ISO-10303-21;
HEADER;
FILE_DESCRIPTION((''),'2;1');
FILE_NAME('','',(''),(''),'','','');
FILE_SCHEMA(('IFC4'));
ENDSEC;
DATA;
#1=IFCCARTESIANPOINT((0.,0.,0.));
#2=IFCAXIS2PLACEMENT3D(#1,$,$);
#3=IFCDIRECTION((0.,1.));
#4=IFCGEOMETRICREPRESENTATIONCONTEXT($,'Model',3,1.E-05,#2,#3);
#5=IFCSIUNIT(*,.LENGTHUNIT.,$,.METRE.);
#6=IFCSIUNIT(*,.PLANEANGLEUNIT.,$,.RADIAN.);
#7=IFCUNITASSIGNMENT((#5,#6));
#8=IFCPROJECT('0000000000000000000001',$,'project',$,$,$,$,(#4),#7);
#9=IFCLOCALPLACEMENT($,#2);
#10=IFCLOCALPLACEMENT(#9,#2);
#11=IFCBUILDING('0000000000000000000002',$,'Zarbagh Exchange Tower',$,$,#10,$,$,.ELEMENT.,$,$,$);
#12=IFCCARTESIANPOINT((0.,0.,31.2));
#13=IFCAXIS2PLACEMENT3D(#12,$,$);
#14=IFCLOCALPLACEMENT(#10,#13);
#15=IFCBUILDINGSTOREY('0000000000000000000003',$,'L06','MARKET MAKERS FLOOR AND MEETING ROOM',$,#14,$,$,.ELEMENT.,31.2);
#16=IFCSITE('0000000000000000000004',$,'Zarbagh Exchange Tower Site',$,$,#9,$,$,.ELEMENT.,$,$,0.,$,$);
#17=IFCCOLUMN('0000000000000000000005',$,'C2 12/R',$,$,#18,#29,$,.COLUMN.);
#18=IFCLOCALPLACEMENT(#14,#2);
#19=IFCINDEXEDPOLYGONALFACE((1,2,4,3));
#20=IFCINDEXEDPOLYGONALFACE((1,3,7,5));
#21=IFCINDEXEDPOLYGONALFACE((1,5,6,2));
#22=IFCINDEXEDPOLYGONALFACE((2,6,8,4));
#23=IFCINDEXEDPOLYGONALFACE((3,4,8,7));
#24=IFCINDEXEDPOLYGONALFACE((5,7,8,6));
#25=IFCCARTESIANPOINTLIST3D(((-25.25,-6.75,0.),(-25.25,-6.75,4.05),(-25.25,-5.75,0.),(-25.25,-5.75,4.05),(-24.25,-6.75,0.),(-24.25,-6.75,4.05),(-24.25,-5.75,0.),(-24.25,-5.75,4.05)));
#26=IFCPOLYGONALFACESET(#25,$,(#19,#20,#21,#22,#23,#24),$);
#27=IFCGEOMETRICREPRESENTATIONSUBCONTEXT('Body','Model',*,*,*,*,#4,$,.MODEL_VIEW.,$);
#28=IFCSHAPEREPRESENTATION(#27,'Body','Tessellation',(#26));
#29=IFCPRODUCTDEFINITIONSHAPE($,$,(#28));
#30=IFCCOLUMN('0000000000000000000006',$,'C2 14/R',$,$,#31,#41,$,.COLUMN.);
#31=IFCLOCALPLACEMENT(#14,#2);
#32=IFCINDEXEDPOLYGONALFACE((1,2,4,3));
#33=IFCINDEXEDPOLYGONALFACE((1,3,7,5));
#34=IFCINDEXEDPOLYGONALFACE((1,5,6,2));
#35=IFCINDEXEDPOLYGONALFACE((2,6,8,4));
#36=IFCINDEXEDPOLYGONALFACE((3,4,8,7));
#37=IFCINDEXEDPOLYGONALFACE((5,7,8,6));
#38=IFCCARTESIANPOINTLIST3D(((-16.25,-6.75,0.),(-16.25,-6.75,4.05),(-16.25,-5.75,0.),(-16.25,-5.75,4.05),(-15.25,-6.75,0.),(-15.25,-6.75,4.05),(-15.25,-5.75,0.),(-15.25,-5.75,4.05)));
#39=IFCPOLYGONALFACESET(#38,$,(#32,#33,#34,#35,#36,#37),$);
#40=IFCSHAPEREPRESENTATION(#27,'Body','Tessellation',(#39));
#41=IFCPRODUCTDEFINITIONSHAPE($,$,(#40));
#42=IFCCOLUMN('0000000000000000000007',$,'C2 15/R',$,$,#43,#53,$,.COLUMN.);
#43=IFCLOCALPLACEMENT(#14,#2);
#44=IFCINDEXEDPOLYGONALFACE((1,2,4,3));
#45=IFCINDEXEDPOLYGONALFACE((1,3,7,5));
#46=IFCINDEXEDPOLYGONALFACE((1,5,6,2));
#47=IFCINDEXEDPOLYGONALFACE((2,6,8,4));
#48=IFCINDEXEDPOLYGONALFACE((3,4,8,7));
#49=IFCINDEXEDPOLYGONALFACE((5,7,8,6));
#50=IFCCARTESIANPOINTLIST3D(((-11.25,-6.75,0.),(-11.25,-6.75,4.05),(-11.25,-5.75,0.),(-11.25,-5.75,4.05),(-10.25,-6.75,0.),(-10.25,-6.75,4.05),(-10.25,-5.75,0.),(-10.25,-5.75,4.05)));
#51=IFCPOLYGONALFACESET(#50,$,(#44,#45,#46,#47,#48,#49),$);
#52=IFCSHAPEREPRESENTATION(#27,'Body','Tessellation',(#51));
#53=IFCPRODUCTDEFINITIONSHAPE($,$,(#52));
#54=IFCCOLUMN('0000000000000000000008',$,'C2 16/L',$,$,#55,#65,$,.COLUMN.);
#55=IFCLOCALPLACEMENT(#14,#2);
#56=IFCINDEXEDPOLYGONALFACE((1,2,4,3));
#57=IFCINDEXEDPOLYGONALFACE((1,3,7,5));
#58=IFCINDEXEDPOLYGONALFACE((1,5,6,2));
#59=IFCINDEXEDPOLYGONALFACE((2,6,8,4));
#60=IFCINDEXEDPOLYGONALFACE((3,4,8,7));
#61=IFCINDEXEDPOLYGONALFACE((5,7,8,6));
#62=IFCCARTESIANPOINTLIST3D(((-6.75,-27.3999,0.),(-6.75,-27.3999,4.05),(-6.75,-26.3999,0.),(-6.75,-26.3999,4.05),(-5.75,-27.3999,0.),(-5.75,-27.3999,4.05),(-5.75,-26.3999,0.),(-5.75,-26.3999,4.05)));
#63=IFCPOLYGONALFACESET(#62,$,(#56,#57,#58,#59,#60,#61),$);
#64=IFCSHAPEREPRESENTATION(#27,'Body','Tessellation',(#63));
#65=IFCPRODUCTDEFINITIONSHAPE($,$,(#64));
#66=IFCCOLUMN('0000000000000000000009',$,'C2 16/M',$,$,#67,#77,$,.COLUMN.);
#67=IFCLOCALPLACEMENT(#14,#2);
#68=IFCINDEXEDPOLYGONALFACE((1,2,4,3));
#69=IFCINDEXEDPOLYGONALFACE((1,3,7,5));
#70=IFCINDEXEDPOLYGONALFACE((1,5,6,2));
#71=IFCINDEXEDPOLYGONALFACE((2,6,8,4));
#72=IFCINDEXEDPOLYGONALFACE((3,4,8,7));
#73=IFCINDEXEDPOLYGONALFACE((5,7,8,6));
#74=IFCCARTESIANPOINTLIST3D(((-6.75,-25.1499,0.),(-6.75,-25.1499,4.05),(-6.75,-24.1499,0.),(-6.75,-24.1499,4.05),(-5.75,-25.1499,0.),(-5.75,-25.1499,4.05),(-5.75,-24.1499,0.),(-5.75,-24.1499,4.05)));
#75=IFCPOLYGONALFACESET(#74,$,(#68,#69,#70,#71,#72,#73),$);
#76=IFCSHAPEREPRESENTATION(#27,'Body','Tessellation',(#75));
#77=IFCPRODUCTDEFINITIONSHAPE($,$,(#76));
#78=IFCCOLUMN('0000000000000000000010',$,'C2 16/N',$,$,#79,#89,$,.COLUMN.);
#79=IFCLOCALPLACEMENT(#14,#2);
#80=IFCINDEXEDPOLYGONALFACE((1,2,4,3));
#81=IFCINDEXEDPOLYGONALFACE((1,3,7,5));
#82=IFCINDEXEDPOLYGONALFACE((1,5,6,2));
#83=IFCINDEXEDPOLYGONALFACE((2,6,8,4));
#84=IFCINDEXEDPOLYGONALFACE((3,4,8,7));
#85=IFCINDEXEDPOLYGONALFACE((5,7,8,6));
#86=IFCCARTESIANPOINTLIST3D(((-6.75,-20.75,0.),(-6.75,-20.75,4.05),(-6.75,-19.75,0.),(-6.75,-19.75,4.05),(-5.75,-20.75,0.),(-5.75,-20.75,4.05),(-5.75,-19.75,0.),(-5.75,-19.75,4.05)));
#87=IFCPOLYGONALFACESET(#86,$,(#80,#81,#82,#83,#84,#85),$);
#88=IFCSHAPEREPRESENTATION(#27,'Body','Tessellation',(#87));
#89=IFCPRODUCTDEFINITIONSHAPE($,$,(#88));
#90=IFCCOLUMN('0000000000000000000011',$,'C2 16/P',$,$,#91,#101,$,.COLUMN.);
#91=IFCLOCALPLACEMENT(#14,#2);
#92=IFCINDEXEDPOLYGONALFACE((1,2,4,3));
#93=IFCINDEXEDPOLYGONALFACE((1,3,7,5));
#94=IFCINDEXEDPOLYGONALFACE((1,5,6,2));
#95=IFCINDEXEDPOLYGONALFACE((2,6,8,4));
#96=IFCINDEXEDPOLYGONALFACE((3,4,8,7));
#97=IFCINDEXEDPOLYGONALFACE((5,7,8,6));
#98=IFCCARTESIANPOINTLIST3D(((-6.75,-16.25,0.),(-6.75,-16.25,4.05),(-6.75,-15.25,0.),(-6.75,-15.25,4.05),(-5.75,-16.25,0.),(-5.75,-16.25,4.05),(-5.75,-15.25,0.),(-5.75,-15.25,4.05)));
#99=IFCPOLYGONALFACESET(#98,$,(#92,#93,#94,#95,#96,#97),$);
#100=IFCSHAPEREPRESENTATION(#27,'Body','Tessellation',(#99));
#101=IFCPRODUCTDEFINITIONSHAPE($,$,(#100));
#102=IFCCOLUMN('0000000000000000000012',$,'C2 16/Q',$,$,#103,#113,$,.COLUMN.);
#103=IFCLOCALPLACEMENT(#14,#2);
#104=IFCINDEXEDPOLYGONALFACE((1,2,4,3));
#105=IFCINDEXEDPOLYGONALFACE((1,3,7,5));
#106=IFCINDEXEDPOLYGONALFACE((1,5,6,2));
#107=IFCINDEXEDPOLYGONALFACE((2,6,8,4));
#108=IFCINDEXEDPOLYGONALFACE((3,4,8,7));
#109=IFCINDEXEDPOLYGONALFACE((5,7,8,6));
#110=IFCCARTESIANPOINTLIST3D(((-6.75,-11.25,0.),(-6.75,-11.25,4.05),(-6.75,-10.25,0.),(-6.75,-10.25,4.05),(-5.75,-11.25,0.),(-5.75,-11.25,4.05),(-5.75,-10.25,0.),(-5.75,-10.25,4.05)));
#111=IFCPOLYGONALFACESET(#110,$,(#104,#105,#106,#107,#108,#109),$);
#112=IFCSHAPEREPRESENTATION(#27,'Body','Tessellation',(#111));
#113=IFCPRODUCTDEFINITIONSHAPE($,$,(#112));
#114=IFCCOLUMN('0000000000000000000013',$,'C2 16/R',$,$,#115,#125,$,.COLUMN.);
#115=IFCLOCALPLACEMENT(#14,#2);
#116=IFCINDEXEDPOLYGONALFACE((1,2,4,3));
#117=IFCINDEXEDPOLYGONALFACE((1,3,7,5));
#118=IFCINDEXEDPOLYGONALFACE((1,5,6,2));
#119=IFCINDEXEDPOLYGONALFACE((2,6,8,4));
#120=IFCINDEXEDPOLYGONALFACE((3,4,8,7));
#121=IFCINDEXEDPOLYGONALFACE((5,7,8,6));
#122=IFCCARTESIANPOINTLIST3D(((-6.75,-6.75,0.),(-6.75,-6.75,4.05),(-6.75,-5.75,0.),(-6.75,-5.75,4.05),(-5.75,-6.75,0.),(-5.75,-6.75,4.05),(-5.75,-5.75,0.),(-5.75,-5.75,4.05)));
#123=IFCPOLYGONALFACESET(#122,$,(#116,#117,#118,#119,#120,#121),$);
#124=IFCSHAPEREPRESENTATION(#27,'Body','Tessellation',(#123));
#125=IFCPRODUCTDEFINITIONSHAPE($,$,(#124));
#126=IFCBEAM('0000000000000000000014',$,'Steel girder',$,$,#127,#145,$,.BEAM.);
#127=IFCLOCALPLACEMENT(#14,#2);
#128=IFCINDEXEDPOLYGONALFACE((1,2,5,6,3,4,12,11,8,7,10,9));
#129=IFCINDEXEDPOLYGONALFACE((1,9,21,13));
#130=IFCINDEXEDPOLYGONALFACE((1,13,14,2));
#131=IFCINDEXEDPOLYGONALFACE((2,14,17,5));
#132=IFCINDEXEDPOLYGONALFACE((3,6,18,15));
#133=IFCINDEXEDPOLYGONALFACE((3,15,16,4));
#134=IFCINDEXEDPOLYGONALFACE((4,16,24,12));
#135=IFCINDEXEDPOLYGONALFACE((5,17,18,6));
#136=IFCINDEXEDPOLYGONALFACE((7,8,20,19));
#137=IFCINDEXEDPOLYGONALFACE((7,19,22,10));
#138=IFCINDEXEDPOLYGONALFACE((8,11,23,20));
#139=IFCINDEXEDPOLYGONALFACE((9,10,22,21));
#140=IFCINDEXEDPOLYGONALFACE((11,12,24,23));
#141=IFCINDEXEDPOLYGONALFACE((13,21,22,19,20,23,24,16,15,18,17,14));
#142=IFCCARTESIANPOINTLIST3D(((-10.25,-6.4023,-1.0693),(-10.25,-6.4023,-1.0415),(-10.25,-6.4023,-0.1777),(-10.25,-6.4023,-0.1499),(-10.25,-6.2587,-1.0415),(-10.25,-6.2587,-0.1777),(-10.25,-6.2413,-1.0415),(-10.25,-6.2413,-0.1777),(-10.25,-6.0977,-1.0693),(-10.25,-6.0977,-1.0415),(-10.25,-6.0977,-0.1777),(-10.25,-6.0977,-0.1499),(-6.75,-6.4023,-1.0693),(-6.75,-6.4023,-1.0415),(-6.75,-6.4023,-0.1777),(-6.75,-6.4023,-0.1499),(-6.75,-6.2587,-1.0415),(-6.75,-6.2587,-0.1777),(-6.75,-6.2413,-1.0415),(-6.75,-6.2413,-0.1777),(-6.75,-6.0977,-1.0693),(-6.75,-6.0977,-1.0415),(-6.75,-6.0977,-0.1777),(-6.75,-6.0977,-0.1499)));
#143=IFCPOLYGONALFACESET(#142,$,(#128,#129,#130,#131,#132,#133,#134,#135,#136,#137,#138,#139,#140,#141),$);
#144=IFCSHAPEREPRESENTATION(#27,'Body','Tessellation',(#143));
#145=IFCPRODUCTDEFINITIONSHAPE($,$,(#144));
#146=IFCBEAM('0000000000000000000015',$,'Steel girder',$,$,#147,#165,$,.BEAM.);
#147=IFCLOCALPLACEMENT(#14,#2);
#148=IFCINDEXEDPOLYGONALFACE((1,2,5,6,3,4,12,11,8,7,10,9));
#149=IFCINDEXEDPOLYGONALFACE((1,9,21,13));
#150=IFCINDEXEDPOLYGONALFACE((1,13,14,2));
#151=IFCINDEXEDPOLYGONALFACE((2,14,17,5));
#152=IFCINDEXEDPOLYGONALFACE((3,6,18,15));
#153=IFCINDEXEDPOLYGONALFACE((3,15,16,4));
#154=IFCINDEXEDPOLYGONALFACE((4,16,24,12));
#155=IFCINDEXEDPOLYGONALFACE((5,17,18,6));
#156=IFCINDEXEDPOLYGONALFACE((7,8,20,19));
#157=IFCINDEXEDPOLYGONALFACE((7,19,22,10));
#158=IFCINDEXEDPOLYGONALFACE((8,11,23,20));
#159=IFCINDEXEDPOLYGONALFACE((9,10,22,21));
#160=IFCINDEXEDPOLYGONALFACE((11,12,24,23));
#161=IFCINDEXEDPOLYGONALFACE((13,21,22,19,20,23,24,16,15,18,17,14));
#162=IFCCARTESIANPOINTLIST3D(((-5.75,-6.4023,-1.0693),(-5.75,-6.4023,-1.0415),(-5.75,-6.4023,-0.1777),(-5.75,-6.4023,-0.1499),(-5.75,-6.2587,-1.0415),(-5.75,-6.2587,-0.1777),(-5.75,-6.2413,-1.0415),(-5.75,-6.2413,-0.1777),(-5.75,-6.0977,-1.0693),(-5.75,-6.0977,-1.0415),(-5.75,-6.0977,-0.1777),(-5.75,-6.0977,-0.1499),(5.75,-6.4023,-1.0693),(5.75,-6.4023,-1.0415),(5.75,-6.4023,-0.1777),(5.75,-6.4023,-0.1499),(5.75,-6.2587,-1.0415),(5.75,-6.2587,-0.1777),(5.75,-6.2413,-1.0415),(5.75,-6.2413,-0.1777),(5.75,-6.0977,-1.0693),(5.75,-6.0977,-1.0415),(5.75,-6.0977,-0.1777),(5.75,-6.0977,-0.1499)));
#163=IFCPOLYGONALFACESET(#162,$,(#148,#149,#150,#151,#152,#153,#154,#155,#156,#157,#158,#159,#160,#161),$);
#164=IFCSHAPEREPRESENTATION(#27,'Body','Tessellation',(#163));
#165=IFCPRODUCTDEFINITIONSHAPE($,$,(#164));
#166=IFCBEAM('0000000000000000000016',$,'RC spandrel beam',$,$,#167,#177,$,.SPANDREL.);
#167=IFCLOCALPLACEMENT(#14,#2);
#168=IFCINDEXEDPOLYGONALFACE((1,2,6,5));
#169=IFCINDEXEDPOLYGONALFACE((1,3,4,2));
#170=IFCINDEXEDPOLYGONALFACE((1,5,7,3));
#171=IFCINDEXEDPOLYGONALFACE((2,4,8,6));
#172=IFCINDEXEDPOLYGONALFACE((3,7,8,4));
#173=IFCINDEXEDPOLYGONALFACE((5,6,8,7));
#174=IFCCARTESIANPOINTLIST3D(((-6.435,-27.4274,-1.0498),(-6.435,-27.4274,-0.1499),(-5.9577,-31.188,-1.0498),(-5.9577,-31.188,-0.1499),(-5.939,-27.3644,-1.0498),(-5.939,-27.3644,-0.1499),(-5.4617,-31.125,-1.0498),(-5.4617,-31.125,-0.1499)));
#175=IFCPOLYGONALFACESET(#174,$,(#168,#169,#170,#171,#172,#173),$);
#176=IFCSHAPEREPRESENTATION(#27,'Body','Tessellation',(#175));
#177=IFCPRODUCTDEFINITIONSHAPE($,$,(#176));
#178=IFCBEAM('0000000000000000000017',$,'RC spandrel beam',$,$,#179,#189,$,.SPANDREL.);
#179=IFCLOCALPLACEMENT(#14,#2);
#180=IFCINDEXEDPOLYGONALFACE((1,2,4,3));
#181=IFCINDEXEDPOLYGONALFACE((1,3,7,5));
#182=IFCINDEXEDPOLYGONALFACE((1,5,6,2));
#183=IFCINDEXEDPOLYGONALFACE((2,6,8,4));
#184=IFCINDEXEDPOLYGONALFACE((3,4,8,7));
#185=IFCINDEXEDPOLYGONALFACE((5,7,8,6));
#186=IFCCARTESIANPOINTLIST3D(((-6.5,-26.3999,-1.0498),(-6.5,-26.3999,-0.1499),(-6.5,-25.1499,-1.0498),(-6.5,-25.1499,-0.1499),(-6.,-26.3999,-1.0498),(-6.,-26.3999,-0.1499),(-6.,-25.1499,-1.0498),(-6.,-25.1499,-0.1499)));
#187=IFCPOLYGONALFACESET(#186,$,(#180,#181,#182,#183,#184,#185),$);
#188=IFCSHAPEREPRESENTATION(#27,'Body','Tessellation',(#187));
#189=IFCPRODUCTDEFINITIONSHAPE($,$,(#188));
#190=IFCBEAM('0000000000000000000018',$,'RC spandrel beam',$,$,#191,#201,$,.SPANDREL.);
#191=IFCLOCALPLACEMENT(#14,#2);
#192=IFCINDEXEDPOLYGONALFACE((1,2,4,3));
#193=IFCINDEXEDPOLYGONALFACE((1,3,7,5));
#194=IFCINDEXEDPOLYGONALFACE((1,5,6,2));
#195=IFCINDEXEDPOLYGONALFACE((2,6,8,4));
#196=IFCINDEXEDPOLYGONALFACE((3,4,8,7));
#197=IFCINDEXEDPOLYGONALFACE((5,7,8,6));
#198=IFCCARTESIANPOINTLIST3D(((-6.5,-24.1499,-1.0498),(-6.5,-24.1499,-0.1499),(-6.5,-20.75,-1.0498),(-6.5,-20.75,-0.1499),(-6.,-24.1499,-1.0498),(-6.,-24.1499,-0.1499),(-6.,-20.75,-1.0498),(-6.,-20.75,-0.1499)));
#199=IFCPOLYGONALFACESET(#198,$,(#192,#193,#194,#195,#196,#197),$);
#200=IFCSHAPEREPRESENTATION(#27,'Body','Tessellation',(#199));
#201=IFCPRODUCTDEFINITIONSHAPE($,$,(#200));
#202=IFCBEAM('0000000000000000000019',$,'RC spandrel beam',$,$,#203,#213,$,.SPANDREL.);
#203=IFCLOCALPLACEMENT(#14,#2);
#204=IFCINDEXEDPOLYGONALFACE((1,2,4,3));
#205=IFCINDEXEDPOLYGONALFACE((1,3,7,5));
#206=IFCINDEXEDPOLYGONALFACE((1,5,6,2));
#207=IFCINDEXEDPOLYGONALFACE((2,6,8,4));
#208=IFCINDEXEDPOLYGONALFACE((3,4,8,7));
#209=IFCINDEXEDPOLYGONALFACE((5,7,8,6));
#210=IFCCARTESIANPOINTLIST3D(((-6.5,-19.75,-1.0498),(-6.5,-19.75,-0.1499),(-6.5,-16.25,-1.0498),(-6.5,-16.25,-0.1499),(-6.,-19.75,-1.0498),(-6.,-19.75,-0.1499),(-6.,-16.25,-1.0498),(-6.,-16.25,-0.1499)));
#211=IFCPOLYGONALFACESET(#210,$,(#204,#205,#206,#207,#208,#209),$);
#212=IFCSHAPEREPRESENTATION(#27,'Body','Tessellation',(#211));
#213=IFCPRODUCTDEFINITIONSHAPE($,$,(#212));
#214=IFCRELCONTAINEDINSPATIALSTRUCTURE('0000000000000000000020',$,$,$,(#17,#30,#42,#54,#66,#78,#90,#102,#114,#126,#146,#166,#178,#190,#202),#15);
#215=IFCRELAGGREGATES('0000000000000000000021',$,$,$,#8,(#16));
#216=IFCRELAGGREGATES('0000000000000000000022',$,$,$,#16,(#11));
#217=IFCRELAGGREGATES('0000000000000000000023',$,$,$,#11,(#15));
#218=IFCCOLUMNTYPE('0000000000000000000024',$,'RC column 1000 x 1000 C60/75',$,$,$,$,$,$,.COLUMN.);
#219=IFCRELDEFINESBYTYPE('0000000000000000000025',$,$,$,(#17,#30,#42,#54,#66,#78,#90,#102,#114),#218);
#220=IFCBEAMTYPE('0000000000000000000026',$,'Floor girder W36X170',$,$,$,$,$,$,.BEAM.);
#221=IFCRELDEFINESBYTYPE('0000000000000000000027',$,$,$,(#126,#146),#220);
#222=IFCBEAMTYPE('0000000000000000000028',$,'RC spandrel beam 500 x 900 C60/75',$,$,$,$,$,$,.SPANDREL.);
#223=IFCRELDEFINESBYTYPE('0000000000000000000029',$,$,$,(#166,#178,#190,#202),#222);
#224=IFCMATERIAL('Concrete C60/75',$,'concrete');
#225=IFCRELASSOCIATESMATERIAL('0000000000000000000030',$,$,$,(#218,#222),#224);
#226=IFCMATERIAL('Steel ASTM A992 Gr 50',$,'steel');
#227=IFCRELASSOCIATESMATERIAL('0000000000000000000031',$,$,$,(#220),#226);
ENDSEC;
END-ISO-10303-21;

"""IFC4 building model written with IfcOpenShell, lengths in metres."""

from ifc_helpers import new_model, si_unit, direction, frame, origin, origin_2d, place, context, subcontext, project, spatial, rectangle, i_section, extrude, material, material_profile, profile_set, type_object, element, save


model = new_model("IFC4")

# Units and contexts
model_context = context("Model", 3, precision=1e-05, world=origin(), true_north=direction((0.0, 1.0)))
body_context = subcontext(model_context, "Body", "Model", "MODEL_VIEW")
ifc_project = project(units=[si_unit("LENGTHUNIT", "METRE"), si_unit("PLANEANGLEUNIT", "RADIAN")], contexts=[model_context])

# Site, building, storey
site_placement = place(None, origin())
site = spatial("IfcSite", under=ifc_project, at=site_placement, Name="Zarbagh Exchange Tower Site", CompositionType="ELEMENT", RefElevation=0.0)
building_placement = place(site_placement, origin())
building = spatial("IfcBuilding", under=site, at=building_placement, Name="Zarbagh Exchange Tower", CompositionType="ELEMENT")
storey_placement = place(building_placement, frame((0.0, 0.0, 31.2)))
storey = spatial("IfcBuildingStorey", under=building, at=storey_placement, Name="L06", Description="MARKET MAKERS FLOOR AND MEETING ROOM", CompositionType="ELEMENT", Elevation=31.2)

# Columns
ifc_material_1 = material(Name="Concrete C60/75", Category="concrete")
ifc_material_profile_1 = material_profile(ifc_material_1, rectangle(XDim=1.0, YDim=1.0, at=origin_2d()), Name="RC column 1000 x 1000 C60/75")
ifc_profile_set_1 = profile_set([ifc_material_profile_1], Name="Concrete C60/75")
column_type = type_object("IfcColumnType", Name="RC column 1000 x 1000 C60/75", PredefinedType="COLUMN", material=ifc_profile_set_1)
for number, where, z_axis, x_axis, name in (
    (1, (-24.75, -6.25, 0.0), (0.0, 0.0, 1.0), (1.0, 0.0, 0.0), "C2 12/R"),
    (2, (-15.75, -6.25, 0.0), (0.0, 0.0, 1.0), (1.0, 0.0, 0.0), "C2 14/R"),
    (3, (-10.75, -6.25, 0.0), (0.0, 0.0, 1.0), (1.0, 0.0, 0.0), "C2 15/R"),
    (4, (-6.25, -26.8999, 0.0), (0.0, 0.0, 1.0), (1.0, 0.0, 0.0), "C2 16/L"),
    (5, (-6.25, -24.6499, 0.0), (0.0, 0.0, 1.0), (1.0, 0.0, 0.0), "C2 16/M"),
    (6, (-6.25, -20.25, 0.0), (0.0, 0.0, 1.0), (1.0, 0.0, 0.0), "C2 16/N"),
    (7, (-6.25, -15.75, 0.0), (0.0, 0.0, 1.0), (1.0, 0.0, 0.0), "C2 16/P"),
    (8, (-6.25, -10.75, 0.0), (0.0, 0.0, 1.0), (1.0, 0.0, 0.0), "C2 16/Q"),
    (9, (-6.25, -6.25, 0.0), (0.0, 0.0, 1.0), (1.0, 0.0, 0.0), "C2 16/R"),
):
    element("IfcColumn", number, at=place(storey_placement, frame(where, z_axis=z_axis, x_axis=x_axis)), inside=storey, type_object=column_type, Name=name, PredefinedType="COLUMN", context=body_context, shape_type="SweptSolid", body=[
        extrude(rectangle(XDim=1.0, YDim=1.0, at=origin_2d()), origin(), (0.0, 0.0, 1.0), 4.05),
    ])

# Beams
ifc_material_2 = material(Name="Steel ASTM A992 Gr 50", Category="steel")
ifc_material_profile_2 = material_profile(ifc_material_2, i_section(OverallWidth=0.3047, OverallDepth=0.9194, WebThickness=0.0173, FlangeThickness=0.0278, at=origin_2d()), Name="W36X170")
ifc_profile_set_2 = profile_set([ifc_material_profile_2], Name="Steel ASTM A992 Gr 50")
beam_type_1 = type_object("IfcBeamType", Name="Floor girder W36X170", PredefinedType="BEAM", material=ifc_profile_set_2)
beam_1_placement = place(storey_placement, frame((-10.25, -6.25, -0.6096), z_axis=(1.0, 0.0, 0.0), x_axis=(0.0, 1.0, 0.0)))
element("IfcBeam", 10, at=beam_1_placement, inside=storey, type_object=beam_type_1, Name="Steel girder", PredefinedType="BEAM", context=body_context, shape_type="SweptSolid", body=[
    extrude(i_section(OverallWidth=0.3047, OverallDepth=0.9194, WebThickness=0.0173, FlangeThickness=0.0278, at=origin_2d()), origin(), (0.0, 0.0, 1.0), 3.5),
])
beam_2_placement = place(storey_placement, frame((-5.75, -6.25, -0.6096), z_axis=(1.0, 0.0, 0.0), x_axis=(0.0, 1.0, 0.0)))
element("IfcBeam", 11, at=beam_2_placement, inside=storey, type_object=beam_type_1, Name="Steel girder", PredefinedType="BEAM", context=body_context, shape_type="SweptSolid", body=[
    extrude(i_section(OverallWidth=0.3047, OverallDepth=0.9194, WebThickness=0.0173, FlangeThickness=0.0278, at=origin_2d()), origin(), (0.0, 0.0, 1.0), 11.5),
])
ifc_material_profile_3 = material_profile(ifc_material_1, rectangle(XDim=0.5, YDim=0.8999, at=origin_2d()), Name="RC spandrel beam 500 x 900 C60/75")
ifc_profile_set_3 = profile_set([ifc_material_profile_3], Name="Concrete C60/75")
beam_type_2 = type_object("IfcBeamType", Name="RC spandrel beam 500 x 900 C60/75", PredefinedType="SPANDREL", material=ifc_profile_set_3)
beam_3_placement = place(storey_placement, frame((-5.7097, -31.1565, -0.5999), z_axis=(-0.125913, 0.992041, 0.0), x_axis=(-0.992041, -0.125913, 0.0)))
element("IfcBeam", 12, at=beam_3_placement, inside=storey, type_object=beam_type_2, Name="RC spandrel beam", PredefinedType="SPANDREL", context=body_context, shape_type="SweptSolid", body=[
    extrude(rectangle(XDim=0.5, YDim=0.8999, at=origin_2d()), origin(), (0.0, 0.0, 1.0), 3.7908),
])
beam_4_placement = place(storey_placement, frame((-6.25, -26.3999, -0.5999), z_axis=(0.0, 1.0, 0.0), x_axis=(-1.0, 0.0, 0.0)))
element("IfcBeam", 13, at=beam_4_placement, inside=storey, type_object=beam_type_2, Name="RC spandrel beam", PredefinedType="SPANDREL", context=body_context, shape_type="SweptSolid", body=[
    extrude(rectangle(XDim=0.5, YDim=0.8999, at=origin_2d()), origin(), (0.0, 0.0, 1.0), 1.25),
])
beam_5_placement = place(storey_placement, frame((-6.25, -24.1499, -0.5999), z_axis=(0.0, 1.0, 0.0), x_axis=(-1.0, 0.0, 0.0)))
element("IfcBeam", 14, at=beam_5_placement, inside=storey, type_object=beam_type_2, Name="RC spandrel beam", PredefinedType="SPANDREL", context=body_context, shape_type="SweptSolid", body=[
    extrude(rectangle(XDim=0.5, YDim=0.8999, at=origin_2d()), origin(), (0.0, 0.0, 1.0), 3.3999),
])
beam_6_placement = place(storey_placement, frame((-6.25, -19.75, -0.5999), z_axis=(0.0, 1.0, 0.0), x_axis=(-1.0, 0.0, 0.0)))
element("IfcBeam", 15, at=beam_6_placement, inside=storey, type_object=beam_type_2, Name="RC spandrel beam", PredefinedType="SPANDREL", context=body_context, shape_type="SweptSolid", body=[
    extrude(rectangle(XDim=0.5, YDim=0.8999, at=origin_2d()), origin(), (0.0, 0.0, 1.0), 3.5),
])

save(model, "model.ifc")
